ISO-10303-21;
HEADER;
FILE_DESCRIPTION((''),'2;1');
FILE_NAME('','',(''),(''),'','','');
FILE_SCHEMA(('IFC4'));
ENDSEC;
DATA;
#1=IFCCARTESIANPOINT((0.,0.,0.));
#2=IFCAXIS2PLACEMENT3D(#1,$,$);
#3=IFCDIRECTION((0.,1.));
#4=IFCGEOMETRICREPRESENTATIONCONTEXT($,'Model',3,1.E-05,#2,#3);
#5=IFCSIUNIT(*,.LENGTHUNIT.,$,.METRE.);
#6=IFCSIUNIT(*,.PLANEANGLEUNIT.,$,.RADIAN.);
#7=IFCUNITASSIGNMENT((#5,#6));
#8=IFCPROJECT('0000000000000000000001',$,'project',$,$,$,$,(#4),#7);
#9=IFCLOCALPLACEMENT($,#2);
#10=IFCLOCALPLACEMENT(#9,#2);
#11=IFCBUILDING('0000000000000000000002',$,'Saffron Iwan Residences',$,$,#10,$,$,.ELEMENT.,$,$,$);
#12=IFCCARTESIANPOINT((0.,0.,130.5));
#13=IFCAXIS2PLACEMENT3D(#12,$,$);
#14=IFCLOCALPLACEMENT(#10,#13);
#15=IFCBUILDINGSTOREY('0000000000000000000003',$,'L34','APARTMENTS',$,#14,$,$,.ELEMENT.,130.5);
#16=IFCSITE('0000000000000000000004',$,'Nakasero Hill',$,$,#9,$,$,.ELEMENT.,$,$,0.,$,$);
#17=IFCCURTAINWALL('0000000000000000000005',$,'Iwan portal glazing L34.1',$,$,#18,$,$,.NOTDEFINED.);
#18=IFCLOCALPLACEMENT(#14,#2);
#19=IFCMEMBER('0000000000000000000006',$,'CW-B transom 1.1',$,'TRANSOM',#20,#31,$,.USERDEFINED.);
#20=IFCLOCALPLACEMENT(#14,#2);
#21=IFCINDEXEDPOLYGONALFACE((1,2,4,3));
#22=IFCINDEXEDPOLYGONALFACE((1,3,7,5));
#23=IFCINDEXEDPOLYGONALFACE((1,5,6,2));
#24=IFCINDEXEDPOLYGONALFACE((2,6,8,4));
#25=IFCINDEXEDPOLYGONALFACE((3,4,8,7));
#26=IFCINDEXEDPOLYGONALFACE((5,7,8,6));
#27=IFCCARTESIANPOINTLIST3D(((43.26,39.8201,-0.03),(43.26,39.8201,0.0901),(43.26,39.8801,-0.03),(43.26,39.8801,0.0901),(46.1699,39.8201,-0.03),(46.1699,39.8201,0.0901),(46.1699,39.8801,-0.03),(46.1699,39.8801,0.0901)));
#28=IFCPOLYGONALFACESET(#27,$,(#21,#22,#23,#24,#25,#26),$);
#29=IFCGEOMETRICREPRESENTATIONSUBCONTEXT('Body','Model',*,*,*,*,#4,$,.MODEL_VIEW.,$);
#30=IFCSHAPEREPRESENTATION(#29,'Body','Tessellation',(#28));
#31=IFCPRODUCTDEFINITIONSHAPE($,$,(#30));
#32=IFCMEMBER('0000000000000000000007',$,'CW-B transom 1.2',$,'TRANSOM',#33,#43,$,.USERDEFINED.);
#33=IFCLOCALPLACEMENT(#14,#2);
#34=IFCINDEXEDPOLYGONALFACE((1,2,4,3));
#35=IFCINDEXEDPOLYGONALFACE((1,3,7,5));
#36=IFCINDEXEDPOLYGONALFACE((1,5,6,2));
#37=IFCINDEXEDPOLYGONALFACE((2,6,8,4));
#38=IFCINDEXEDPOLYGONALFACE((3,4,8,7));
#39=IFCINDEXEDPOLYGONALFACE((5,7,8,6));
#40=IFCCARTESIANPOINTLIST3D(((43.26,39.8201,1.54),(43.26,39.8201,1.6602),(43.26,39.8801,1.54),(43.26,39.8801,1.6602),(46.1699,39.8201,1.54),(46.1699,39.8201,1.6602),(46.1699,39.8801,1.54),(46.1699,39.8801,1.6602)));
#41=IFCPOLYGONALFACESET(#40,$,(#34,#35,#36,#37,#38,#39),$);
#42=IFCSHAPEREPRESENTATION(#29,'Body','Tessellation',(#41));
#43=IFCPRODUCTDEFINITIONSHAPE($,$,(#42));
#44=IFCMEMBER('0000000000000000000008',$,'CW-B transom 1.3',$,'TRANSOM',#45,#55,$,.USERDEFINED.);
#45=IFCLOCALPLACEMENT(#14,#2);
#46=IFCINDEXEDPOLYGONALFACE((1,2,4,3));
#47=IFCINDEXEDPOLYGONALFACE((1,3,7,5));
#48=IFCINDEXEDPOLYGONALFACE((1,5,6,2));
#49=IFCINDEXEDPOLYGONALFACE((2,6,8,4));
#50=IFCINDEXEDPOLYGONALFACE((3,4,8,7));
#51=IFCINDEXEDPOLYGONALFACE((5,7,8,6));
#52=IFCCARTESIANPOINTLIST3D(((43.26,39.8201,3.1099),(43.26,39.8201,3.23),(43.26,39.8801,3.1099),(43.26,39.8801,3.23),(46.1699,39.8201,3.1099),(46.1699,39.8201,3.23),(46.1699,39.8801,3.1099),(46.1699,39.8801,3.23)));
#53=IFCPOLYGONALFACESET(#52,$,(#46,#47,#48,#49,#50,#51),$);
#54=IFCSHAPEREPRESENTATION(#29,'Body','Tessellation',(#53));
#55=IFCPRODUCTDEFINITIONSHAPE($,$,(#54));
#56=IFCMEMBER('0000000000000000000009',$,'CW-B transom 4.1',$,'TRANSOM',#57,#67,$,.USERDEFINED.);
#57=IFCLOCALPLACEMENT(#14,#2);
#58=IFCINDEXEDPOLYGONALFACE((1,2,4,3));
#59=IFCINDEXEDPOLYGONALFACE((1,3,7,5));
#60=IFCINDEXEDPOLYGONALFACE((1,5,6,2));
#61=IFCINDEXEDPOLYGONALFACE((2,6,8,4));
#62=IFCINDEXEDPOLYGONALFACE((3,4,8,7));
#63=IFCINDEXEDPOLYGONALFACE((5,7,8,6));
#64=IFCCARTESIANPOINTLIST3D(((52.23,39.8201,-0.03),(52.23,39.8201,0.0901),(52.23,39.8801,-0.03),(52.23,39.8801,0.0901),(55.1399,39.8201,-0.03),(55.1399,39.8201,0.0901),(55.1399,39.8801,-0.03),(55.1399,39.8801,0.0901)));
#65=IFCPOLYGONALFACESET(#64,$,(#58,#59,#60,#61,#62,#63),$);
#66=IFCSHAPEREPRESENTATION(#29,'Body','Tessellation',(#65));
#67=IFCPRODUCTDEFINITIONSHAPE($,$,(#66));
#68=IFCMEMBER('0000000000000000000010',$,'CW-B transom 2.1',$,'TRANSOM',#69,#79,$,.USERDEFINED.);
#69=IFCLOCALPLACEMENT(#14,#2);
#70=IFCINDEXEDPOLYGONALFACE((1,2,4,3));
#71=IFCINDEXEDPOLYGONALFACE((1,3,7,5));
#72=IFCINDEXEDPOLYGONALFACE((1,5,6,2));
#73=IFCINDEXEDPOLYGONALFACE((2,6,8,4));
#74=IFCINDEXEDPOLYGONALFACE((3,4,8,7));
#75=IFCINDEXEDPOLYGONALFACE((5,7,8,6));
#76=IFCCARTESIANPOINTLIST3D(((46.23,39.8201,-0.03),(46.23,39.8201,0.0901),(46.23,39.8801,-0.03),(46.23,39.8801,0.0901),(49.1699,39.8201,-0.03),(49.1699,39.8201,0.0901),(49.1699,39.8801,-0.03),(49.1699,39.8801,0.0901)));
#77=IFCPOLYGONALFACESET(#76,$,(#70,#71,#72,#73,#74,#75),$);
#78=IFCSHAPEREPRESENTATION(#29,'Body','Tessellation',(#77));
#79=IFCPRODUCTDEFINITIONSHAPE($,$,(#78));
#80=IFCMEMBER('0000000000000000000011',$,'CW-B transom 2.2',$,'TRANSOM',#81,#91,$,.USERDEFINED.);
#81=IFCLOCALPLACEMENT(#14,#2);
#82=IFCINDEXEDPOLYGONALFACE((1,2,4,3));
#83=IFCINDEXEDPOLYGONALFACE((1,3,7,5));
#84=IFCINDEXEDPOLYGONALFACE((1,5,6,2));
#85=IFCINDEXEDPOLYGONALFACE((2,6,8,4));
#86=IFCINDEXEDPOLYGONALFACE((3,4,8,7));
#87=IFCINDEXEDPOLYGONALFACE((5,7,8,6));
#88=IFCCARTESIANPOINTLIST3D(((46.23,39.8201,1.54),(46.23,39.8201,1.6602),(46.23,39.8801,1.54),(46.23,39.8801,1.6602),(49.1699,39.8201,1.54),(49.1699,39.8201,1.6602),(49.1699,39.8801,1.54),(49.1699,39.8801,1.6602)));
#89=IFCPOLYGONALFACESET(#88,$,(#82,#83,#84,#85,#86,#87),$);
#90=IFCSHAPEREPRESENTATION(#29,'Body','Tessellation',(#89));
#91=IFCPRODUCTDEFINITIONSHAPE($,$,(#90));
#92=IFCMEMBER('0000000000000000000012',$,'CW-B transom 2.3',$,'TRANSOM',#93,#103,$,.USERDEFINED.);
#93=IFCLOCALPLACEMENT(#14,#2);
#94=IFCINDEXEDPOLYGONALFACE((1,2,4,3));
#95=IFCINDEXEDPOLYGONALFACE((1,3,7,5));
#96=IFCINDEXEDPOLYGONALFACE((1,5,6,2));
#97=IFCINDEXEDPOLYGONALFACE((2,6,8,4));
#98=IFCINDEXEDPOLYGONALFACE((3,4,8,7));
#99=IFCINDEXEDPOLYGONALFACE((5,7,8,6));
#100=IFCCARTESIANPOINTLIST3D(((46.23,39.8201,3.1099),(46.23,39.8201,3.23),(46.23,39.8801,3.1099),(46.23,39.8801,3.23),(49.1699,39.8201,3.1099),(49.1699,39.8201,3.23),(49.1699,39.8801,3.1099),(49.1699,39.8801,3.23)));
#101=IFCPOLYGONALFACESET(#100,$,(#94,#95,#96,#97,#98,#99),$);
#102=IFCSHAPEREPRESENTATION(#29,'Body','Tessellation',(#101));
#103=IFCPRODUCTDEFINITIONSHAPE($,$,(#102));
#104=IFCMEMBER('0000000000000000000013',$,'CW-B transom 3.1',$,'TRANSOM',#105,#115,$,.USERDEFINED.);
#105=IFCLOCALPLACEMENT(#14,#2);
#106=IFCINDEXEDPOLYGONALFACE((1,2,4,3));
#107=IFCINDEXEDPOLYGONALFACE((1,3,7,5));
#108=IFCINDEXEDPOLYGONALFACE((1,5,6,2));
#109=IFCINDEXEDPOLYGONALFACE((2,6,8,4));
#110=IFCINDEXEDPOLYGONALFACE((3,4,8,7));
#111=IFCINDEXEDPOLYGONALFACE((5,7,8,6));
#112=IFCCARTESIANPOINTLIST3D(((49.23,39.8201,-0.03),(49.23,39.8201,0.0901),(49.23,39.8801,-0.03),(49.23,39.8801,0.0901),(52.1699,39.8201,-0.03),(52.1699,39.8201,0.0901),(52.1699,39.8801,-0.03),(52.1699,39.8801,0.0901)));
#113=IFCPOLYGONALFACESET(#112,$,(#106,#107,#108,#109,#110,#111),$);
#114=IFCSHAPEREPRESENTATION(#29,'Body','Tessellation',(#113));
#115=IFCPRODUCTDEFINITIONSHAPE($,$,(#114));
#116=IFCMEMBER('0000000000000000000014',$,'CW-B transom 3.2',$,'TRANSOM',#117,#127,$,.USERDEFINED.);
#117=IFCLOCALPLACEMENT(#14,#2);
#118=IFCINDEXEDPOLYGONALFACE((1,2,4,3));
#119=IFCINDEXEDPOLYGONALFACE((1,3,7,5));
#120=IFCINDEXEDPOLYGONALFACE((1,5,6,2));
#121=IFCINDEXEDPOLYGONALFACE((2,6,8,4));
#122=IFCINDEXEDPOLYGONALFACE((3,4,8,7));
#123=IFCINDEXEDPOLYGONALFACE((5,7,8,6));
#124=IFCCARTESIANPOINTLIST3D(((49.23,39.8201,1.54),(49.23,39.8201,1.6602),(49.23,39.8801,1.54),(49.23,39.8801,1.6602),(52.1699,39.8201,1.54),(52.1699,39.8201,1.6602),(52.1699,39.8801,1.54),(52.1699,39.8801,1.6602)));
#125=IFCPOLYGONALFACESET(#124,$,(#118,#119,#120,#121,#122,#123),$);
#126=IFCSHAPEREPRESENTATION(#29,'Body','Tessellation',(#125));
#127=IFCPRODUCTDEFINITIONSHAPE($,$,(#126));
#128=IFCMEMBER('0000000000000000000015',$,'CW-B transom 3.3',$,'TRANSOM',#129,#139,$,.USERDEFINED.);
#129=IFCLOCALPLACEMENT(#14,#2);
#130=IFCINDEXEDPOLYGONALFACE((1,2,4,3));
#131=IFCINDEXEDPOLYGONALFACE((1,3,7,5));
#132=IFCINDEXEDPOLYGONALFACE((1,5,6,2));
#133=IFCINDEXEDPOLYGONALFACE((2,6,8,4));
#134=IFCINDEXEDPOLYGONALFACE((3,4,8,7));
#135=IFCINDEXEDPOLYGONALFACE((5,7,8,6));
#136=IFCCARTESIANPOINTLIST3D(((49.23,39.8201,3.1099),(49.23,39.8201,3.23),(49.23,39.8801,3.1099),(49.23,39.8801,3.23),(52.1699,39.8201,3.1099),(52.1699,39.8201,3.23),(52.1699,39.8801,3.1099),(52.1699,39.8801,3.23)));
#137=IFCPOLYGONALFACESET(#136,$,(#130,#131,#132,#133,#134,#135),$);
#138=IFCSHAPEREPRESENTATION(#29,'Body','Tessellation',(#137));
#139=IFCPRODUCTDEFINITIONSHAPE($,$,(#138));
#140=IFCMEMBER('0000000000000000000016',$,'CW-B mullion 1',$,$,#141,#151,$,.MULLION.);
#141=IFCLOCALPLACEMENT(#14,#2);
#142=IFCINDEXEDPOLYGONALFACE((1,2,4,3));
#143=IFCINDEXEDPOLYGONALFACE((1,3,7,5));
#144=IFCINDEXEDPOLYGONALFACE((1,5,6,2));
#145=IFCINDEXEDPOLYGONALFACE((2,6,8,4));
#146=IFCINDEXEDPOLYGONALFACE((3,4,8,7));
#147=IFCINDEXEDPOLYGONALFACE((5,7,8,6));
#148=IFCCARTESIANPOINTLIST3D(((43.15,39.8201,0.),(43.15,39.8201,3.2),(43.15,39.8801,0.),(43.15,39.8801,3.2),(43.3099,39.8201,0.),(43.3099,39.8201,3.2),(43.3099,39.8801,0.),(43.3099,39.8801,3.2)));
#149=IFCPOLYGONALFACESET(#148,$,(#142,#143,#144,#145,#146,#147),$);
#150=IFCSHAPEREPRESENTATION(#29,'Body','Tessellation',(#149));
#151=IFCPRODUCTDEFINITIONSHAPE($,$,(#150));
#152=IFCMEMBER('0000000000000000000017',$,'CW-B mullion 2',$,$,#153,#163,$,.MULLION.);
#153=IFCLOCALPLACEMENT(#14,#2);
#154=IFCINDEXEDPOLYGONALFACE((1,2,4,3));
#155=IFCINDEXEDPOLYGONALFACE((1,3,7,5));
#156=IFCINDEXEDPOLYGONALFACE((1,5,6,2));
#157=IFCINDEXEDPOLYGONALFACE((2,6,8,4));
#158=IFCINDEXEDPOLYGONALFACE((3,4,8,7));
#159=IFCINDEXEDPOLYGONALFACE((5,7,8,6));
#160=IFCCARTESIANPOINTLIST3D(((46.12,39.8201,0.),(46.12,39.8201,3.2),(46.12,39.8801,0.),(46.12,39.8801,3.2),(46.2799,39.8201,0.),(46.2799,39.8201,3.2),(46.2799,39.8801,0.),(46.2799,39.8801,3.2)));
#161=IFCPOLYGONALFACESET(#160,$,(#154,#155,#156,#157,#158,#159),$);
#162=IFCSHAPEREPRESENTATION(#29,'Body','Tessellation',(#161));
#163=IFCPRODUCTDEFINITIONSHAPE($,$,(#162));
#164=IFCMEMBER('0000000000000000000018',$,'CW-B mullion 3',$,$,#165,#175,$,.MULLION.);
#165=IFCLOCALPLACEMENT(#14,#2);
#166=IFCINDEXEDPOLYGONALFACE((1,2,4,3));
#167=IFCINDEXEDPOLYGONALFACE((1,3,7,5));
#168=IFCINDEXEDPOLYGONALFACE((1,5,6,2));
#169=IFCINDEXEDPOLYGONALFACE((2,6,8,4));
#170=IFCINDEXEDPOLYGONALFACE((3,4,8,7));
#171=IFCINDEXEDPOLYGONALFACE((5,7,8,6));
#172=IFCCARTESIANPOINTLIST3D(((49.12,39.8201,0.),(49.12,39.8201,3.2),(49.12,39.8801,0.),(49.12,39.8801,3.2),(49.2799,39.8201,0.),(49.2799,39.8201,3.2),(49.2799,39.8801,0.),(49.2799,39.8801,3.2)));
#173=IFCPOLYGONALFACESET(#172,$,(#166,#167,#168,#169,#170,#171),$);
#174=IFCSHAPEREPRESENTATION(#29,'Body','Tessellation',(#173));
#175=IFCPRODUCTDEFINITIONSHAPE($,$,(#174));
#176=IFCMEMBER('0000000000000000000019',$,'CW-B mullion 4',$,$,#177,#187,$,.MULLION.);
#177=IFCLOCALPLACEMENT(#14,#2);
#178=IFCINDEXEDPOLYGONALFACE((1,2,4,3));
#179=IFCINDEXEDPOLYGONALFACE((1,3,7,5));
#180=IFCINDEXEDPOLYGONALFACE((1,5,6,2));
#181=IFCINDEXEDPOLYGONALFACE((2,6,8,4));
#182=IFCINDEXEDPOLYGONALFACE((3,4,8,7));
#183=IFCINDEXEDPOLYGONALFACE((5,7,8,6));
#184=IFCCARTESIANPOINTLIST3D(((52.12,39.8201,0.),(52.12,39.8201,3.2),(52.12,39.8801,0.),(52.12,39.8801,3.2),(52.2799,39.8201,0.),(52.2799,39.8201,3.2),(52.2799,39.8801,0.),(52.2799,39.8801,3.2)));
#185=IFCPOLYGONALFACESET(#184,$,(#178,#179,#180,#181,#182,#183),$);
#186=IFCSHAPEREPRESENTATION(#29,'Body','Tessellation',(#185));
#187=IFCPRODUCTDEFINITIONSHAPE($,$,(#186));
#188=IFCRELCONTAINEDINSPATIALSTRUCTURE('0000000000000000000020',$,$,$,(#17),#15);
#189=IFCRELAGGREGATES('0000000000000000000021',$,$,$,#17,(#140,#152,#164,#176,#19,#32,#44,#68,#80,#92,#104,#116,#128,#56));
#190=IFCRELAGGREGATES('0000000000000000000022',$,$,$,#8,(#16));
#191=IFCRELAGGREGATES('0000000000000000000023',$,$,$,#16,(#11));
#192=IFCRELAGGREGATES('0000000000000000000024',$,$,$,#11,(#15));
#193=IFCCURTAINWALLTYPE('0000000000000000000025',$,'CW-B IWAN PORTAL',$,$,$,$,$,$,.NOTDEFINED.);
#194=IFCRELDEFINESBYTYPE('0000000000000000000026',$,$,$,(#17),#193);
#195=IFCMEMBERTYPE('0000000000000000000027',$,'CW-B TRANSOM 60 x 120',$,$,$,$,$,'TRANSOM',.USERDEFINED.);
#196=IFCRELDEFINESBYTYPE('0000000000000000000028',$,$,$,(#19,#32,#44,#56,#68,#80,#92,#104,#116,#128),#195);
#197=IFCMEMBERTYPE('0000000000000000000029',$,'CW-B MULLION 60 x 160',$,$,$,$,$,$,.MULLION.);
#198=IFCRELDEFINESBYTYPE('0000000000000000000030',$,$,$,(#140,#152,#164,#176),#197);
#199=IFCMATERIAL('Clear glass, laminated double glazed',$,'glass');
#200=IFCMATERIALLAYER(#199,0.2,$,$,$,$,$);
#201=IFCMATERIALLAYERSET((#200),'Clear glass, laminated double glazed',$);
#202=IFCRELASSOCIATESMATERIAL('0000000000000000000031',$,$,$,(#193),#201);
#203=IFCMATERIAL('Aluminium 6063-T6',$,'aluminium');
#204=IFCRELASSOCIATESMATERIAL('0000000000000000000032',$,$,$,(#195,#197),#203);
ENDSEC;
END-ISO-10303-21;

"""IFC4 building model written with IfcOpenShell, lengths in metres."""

from ifc_helpers import new_model, si_unit, direction, frame, origin, origin_2d, place, context, subcontext, project, spatial, rectangle, extrude, source, transform, mapped, material, layer, layer_set, material_profile, profile_set, type_object, element, aggregate, save


model = new_model("IFC4")

# Units and contexts
model_context = context("Model", 3, precision=1e-05, world=origin(), true_north=direction((0.0, 1.0)))
body_context = subcontext(model_context, "Body", "Model", "MODEL_VIEW")
ifc_project = project(units=[si_unit("LENGTHUNIT", "METRE"), si_unit("PLANEANGLEUNIT", "RADIAN")], contexts=[model_context])

# Site, building, storey
site_placement = place(None, origin())
site = spatial("IfcSite", under=ifc_project, at=site_placement, Name="Nakasero Hill", CompositionType="ELEMENT", RefElevation=0.0)
building_placement = place(site_placement, origin())
building = spatial("IfcBuilding", under=site, at=building_placement, Name="Saffron Iwan Residences", CompositionType="ELEMENT")
storey_placement = place(building_placement, frame((0.0, 0.0, 130.5)))
storey = spatial("IfcBuildingStorey", under=building, at=storey_placement, Name="L34", Description="APARTMENTS", CompositionType="ELEMENT", Elevation=130.5)

# Curtain wall, members
ifc_material_1 = material(Name="Clear glass, laminated double glazed", Category="glass")
ifc_layer_1 = layer(ifc_material_1, 0.2)
ifc_layer_set_1 = layer_set([ifc_layer_1], Name="Clear glass, laminated double glazed")
curtain_wall_type = type_object("IfcCurtainWallType", Name="CW-B IWAN PORTAL", PredefinedType="NOTDEFINED", material=ifc_layer_set_1)
curtain_wall_placement = place(storey_placement, origin())
curtain_wall = element("IfcCurtainWall", 1, at=curtain_wall_placement, inside=storey, type_object=curtain_wall_type, Name="Iwan portal glazing L34.1", PredefinedType="NOTDEFINED")
ifc_material_2 = material(Name="Aluminium 6063-T6", Category="aluminium")
ifc_material_profile_1 = material_profile(ifc_material_2, rectangle(XDim=0.0601, YDim=0.1201, at=origin_2d()), Name="CW-B TRANSOM 60 x 120")
ifc_profile_set_1 = profile_set([ifc_material_profile_1], Name="Aluminium 6063-T6")
member_type_1 = type_object("IfcMemberType", Name="CW-B TRANSOM 60 x 120", ElementType="TRANSOM", PredefinedType="USERDEFINED", material=ifc_profile_set_1)
shared_shape_1 = source(origin(), body_context, "Body", "SweptSolid", [
    extrude(rectangle(XDim=0.0601, YDim=0.1201, at=origin_2d()), origin(), (0.0, 0.0, 1.0), 2.9099),
])
member_1_placement = place(storey_placement, frame((43.26, 39.8501, 0.03), z_axis=(1.0, 0.0, 0.0), x_axis=(0.0, 1.0, 0.0)))
member_1 = element("IfcMember", 2, at=member_1_placement, type_object=member_type_1, Name="CW-B transom 1.1", ObjectType="TRANSOM", PredefinedType="USERDEFINED", context=body_context, shape_type="MappedRepresentation", body=[
    mapped(shared_shape_1, transform((0.0, 0.0, 0.0))),
])
member_2_placement = place(storey_placement, frame((43.26, 39.8501, 1.6001), z_axis=(1.0, 0.0, 0.0), x_axis=(0.0, 1.0, 0.0)))
member_2 = element("IfcMember", 3, at=member_2_placement, type_object=member_type_1, Name="CW-B transom 1.2", ObjectType="TRANSOM", PredefinedType="USERDEFINED", context=body_context, shape_type="MappedRepresentation", body=[
    mapped(shared_shape_1, transform((0.0, 0.0, 0.0))),
])
member_3_placement = place(storey_placement, frame((43.26, 39.8501, 3.1699), z_axis=(1.0, 0.0, 0.0), x_axis=(0.0, 1.0, 0.0)))
member_3 = element("IfcMember", 4, at=member_3_placement, type_object=member_type_1, Name="CW-B transom 1.3", ObjectType="TRANSOM", PredefinedType="USERDEFINED", context=body_context, shape_type="MappedRepresentation", body=[
    mapped(shared_shape_1, transform((0.0, 0.0, 0.0))),
])
member_4_placement = place(storey_placement, frame((52.23, 39.8501, 0.03), z_axis=(1.0, 0.0, 0.0), x_axis=(0.0, 1.0, 0.0)))
member_4 = element("IfcMember", 5, at=member_4_placement, type_object=member_type_1, Name="CW-B transom 4.1", ObjectType="TRANSOM", PredefinedType="USERDEFINED", context=body_context, shape_type="MappedRepresentation", body=[
    mapped(shared_shape_1, transform((0.0, 0.0, 0.0))),
])
shared_shape_2 = source(origin(), body_context, "Body", "SweptSolid", [
    extrude(rectangle(XDim=0.0601, YDim=0.1201, at=origin_2d()), origin(), (0.0, 0.0, 1.0), 2.9399),
])
member_5_placement = place(storey_placement, frame((46.23, 39.8501, 0.03), z_axis=(1.0, 0.0, 0.0), x_axis=(0.0, 1.0, 0.0)))
member_5 = element("IfcMember", 6, at=member_5_placement, type_object=member_type_1, Name="CW-B transom 2.1", ObjectType="TRANSOM", PredefinedType="USERDEFINED", context=body_context, shape_type="MappedRepresentation", body=[
    mapped(shared_shape_2, transform((0.0, 0.0, 0.0))),
])
member_6_placement = place(storey_placement, frame((46.23, 39.8501, 1.6001), z_axis=(1.0, 0.0, 0.0), x_axis=(0.0, 1.0, 0.0)))
member_6 = element("IfcMember", 7, at=member_6_placement, type_object=member_type_1, Name="CW-B transom 2.2", ObjectType="TRANSOM", PredefinedType="USERDEFINED", context=body_context, shape_type="MappedRepresentation", body=[
    mapped(shared_shape_2, transform((0.0, 0.0, 0.0))),
])
member_7_placement = place(storey_placement, frame((46.23, 39.8501, 3.1699), z_axis=(1.0, 0.0, 0.0), x_axis=(0.0, 1.0, 0.0)))
member_7 = element("IfcMember", 8, at=member_7_placement, type_object=member_type_1, Name="CW-B transom 2.3", ObjectType="TRANSOM", PredefinedType="USERDEFINED", context=body_context, shape_type="MappedRepresentation", body=[
    mapped(shared_shape_2, transform((0.0, 0.0, 0.0))),
])
member_8_placement = place(storey_placement, frame((49.23, 39.8501, 0.03), z_axis=(1.0, 0.0, 0.0), x_axis=(0.0, 1.0, 0.0)))
member_8 = element("IfcMember", 9, at=member_8_placement, type_object=member_type_1, Name="CW-B transom 3.1", ObjectType="TRANSOM", PredefinedType="USERDEFINED", context=body_context, shape_type="MappedRepresentation", body=[
    mapped(shared_shape_2, transform((0.0, 0.0, 0.0))),
])
member_9_placement = place(storey_placement, frame((49.23, 39.8501, 1.6001), z_axis=(1.0, 0.0, 0.0), x_axis=(0.0, 1.0, 0.0)))
member_9 = element("IfcMember", 10, at=member_9_placement, type_object=member_type_1, Name="CW-B transom 3.2", ObjectType="TRANSOM", PredefinedType="USERDEFINED", context=body_context, shape_type="MappedRepresentation", body=[
    mapped(shared_shape_2, transform((0.0, 0.0, 0.0))),
])
member_10_placement = place(storey_placement, frame((49.23, 39.8501, 3.1699), z_axis=(1.0, 0.0, 0.0), x_axis=(0.0, 1.0, 0.0)))
member_10 = element("IfcMember", 11, at=member_10_placement, type_object=member_type_1, Name="CW-B transom 3.3", ObjectType="TRANSOM", PredefinedType="USERDEFINED", context=body_context, shape_type="MappedRepresentation", body=[
    mapped(shared_shape_2, transform((0.0, 0.0, 0.0))),
])
ifc_material_profile_2 = material_profile(ifc_material_2, rectangle(XDim=0.0601, YDim=0.1599, at=origin_2d()), Name="CW-B MULLION 60 x 160")
ifc_profile_set_2 = profile_set([ifc_material_profile_2], Name="Aluminium 6063-T6")
member_type_2 = type_object("IfcMemberType", Name="CW-B MULLION 60 x 160", PredefinedType="MULLION", material=ifc_profile_set_2)
shared_shape_3 = source(origin(), body_context, "Body", "SweptSolid", [
    extrude(rectangle(XDim=0.0601, YDim=0.1599, at=origin_2d()), origin(), (0.0, 0.0, 1.0), 3.2),
])
member_11_placement = place(storey_placement, frame((43.23, 39.8501, 0.0), z_axis=(0.0, 0.0, 1.0), x_axis=(0.0, 1.0, 0.0)))
member_11 = element("IfcMember", 12, at=member_11_placement, type_object=member_type_2, Name="CW-B mullion 1", PredefinedType="MULLION", context=body_context, shape_type="MappedRepresentation", body=[
    mapped(shared_shape_3, transform((0.0, 0.0, 0.0))),
])
member_12_placement = place(storey_placement, frame((46.2, 39.8501, 0.0), z_axis=(0.0, 0.0, 1.0), x_axis=(0.0, 1.0, 0.0)))
member_12 = element("IfcMember", 13, at=member_12_placement, type_object=member_type_2, Name="CW-B mullion 2", PredefinedType="MULLION", context=body_context, shape_type="MappedRepresentation", body=[
    mapped(shared_shape_3, transform((0.0, 0.0, 0.0))),
])
member_13_placement = place(storey_placement, frame((49.2, 39.8501, 0.0), z_axis=(0.0, 0.0, 1.0), x_axis=(0.0, 1.0, 0.0)))
member_13 = element("IfcMember", 14, at=member_13_placement, type_object=member_type_2, Name="CW-B mullion 3", PredefinedType="MULLION", context=body_context, shape_type="MappedRepresentation", body=[
    mapped(shared_shape_3, transform((0.0, 0.0, 0.0))),
])
member_14_placement = place(storey_placement, frame((52.2, 39.8501, 0.0), z_axis=(0.0, 0.0, 1.0), x_axis=(0.0, 1.0, 0.0)))
member_14 = element("IfcMember", 15, at=member_14_placement, type_object=member_type_2, Name="CW-B mullion 4", PredefinedType="MULLION", context=body_context, shape_type="MappedRepresentation", body=[
    mapped(shared_shape_3, transform((0.0, 0.0, 0.0))),
])
aggregate(curtain_wall, [member_11, member_12, member_13, member_14, member_1, member_2, member_3, member_5, member_6, member_7, member_8, member_9, member_10, member_4])

save(model, "model.ifc")
